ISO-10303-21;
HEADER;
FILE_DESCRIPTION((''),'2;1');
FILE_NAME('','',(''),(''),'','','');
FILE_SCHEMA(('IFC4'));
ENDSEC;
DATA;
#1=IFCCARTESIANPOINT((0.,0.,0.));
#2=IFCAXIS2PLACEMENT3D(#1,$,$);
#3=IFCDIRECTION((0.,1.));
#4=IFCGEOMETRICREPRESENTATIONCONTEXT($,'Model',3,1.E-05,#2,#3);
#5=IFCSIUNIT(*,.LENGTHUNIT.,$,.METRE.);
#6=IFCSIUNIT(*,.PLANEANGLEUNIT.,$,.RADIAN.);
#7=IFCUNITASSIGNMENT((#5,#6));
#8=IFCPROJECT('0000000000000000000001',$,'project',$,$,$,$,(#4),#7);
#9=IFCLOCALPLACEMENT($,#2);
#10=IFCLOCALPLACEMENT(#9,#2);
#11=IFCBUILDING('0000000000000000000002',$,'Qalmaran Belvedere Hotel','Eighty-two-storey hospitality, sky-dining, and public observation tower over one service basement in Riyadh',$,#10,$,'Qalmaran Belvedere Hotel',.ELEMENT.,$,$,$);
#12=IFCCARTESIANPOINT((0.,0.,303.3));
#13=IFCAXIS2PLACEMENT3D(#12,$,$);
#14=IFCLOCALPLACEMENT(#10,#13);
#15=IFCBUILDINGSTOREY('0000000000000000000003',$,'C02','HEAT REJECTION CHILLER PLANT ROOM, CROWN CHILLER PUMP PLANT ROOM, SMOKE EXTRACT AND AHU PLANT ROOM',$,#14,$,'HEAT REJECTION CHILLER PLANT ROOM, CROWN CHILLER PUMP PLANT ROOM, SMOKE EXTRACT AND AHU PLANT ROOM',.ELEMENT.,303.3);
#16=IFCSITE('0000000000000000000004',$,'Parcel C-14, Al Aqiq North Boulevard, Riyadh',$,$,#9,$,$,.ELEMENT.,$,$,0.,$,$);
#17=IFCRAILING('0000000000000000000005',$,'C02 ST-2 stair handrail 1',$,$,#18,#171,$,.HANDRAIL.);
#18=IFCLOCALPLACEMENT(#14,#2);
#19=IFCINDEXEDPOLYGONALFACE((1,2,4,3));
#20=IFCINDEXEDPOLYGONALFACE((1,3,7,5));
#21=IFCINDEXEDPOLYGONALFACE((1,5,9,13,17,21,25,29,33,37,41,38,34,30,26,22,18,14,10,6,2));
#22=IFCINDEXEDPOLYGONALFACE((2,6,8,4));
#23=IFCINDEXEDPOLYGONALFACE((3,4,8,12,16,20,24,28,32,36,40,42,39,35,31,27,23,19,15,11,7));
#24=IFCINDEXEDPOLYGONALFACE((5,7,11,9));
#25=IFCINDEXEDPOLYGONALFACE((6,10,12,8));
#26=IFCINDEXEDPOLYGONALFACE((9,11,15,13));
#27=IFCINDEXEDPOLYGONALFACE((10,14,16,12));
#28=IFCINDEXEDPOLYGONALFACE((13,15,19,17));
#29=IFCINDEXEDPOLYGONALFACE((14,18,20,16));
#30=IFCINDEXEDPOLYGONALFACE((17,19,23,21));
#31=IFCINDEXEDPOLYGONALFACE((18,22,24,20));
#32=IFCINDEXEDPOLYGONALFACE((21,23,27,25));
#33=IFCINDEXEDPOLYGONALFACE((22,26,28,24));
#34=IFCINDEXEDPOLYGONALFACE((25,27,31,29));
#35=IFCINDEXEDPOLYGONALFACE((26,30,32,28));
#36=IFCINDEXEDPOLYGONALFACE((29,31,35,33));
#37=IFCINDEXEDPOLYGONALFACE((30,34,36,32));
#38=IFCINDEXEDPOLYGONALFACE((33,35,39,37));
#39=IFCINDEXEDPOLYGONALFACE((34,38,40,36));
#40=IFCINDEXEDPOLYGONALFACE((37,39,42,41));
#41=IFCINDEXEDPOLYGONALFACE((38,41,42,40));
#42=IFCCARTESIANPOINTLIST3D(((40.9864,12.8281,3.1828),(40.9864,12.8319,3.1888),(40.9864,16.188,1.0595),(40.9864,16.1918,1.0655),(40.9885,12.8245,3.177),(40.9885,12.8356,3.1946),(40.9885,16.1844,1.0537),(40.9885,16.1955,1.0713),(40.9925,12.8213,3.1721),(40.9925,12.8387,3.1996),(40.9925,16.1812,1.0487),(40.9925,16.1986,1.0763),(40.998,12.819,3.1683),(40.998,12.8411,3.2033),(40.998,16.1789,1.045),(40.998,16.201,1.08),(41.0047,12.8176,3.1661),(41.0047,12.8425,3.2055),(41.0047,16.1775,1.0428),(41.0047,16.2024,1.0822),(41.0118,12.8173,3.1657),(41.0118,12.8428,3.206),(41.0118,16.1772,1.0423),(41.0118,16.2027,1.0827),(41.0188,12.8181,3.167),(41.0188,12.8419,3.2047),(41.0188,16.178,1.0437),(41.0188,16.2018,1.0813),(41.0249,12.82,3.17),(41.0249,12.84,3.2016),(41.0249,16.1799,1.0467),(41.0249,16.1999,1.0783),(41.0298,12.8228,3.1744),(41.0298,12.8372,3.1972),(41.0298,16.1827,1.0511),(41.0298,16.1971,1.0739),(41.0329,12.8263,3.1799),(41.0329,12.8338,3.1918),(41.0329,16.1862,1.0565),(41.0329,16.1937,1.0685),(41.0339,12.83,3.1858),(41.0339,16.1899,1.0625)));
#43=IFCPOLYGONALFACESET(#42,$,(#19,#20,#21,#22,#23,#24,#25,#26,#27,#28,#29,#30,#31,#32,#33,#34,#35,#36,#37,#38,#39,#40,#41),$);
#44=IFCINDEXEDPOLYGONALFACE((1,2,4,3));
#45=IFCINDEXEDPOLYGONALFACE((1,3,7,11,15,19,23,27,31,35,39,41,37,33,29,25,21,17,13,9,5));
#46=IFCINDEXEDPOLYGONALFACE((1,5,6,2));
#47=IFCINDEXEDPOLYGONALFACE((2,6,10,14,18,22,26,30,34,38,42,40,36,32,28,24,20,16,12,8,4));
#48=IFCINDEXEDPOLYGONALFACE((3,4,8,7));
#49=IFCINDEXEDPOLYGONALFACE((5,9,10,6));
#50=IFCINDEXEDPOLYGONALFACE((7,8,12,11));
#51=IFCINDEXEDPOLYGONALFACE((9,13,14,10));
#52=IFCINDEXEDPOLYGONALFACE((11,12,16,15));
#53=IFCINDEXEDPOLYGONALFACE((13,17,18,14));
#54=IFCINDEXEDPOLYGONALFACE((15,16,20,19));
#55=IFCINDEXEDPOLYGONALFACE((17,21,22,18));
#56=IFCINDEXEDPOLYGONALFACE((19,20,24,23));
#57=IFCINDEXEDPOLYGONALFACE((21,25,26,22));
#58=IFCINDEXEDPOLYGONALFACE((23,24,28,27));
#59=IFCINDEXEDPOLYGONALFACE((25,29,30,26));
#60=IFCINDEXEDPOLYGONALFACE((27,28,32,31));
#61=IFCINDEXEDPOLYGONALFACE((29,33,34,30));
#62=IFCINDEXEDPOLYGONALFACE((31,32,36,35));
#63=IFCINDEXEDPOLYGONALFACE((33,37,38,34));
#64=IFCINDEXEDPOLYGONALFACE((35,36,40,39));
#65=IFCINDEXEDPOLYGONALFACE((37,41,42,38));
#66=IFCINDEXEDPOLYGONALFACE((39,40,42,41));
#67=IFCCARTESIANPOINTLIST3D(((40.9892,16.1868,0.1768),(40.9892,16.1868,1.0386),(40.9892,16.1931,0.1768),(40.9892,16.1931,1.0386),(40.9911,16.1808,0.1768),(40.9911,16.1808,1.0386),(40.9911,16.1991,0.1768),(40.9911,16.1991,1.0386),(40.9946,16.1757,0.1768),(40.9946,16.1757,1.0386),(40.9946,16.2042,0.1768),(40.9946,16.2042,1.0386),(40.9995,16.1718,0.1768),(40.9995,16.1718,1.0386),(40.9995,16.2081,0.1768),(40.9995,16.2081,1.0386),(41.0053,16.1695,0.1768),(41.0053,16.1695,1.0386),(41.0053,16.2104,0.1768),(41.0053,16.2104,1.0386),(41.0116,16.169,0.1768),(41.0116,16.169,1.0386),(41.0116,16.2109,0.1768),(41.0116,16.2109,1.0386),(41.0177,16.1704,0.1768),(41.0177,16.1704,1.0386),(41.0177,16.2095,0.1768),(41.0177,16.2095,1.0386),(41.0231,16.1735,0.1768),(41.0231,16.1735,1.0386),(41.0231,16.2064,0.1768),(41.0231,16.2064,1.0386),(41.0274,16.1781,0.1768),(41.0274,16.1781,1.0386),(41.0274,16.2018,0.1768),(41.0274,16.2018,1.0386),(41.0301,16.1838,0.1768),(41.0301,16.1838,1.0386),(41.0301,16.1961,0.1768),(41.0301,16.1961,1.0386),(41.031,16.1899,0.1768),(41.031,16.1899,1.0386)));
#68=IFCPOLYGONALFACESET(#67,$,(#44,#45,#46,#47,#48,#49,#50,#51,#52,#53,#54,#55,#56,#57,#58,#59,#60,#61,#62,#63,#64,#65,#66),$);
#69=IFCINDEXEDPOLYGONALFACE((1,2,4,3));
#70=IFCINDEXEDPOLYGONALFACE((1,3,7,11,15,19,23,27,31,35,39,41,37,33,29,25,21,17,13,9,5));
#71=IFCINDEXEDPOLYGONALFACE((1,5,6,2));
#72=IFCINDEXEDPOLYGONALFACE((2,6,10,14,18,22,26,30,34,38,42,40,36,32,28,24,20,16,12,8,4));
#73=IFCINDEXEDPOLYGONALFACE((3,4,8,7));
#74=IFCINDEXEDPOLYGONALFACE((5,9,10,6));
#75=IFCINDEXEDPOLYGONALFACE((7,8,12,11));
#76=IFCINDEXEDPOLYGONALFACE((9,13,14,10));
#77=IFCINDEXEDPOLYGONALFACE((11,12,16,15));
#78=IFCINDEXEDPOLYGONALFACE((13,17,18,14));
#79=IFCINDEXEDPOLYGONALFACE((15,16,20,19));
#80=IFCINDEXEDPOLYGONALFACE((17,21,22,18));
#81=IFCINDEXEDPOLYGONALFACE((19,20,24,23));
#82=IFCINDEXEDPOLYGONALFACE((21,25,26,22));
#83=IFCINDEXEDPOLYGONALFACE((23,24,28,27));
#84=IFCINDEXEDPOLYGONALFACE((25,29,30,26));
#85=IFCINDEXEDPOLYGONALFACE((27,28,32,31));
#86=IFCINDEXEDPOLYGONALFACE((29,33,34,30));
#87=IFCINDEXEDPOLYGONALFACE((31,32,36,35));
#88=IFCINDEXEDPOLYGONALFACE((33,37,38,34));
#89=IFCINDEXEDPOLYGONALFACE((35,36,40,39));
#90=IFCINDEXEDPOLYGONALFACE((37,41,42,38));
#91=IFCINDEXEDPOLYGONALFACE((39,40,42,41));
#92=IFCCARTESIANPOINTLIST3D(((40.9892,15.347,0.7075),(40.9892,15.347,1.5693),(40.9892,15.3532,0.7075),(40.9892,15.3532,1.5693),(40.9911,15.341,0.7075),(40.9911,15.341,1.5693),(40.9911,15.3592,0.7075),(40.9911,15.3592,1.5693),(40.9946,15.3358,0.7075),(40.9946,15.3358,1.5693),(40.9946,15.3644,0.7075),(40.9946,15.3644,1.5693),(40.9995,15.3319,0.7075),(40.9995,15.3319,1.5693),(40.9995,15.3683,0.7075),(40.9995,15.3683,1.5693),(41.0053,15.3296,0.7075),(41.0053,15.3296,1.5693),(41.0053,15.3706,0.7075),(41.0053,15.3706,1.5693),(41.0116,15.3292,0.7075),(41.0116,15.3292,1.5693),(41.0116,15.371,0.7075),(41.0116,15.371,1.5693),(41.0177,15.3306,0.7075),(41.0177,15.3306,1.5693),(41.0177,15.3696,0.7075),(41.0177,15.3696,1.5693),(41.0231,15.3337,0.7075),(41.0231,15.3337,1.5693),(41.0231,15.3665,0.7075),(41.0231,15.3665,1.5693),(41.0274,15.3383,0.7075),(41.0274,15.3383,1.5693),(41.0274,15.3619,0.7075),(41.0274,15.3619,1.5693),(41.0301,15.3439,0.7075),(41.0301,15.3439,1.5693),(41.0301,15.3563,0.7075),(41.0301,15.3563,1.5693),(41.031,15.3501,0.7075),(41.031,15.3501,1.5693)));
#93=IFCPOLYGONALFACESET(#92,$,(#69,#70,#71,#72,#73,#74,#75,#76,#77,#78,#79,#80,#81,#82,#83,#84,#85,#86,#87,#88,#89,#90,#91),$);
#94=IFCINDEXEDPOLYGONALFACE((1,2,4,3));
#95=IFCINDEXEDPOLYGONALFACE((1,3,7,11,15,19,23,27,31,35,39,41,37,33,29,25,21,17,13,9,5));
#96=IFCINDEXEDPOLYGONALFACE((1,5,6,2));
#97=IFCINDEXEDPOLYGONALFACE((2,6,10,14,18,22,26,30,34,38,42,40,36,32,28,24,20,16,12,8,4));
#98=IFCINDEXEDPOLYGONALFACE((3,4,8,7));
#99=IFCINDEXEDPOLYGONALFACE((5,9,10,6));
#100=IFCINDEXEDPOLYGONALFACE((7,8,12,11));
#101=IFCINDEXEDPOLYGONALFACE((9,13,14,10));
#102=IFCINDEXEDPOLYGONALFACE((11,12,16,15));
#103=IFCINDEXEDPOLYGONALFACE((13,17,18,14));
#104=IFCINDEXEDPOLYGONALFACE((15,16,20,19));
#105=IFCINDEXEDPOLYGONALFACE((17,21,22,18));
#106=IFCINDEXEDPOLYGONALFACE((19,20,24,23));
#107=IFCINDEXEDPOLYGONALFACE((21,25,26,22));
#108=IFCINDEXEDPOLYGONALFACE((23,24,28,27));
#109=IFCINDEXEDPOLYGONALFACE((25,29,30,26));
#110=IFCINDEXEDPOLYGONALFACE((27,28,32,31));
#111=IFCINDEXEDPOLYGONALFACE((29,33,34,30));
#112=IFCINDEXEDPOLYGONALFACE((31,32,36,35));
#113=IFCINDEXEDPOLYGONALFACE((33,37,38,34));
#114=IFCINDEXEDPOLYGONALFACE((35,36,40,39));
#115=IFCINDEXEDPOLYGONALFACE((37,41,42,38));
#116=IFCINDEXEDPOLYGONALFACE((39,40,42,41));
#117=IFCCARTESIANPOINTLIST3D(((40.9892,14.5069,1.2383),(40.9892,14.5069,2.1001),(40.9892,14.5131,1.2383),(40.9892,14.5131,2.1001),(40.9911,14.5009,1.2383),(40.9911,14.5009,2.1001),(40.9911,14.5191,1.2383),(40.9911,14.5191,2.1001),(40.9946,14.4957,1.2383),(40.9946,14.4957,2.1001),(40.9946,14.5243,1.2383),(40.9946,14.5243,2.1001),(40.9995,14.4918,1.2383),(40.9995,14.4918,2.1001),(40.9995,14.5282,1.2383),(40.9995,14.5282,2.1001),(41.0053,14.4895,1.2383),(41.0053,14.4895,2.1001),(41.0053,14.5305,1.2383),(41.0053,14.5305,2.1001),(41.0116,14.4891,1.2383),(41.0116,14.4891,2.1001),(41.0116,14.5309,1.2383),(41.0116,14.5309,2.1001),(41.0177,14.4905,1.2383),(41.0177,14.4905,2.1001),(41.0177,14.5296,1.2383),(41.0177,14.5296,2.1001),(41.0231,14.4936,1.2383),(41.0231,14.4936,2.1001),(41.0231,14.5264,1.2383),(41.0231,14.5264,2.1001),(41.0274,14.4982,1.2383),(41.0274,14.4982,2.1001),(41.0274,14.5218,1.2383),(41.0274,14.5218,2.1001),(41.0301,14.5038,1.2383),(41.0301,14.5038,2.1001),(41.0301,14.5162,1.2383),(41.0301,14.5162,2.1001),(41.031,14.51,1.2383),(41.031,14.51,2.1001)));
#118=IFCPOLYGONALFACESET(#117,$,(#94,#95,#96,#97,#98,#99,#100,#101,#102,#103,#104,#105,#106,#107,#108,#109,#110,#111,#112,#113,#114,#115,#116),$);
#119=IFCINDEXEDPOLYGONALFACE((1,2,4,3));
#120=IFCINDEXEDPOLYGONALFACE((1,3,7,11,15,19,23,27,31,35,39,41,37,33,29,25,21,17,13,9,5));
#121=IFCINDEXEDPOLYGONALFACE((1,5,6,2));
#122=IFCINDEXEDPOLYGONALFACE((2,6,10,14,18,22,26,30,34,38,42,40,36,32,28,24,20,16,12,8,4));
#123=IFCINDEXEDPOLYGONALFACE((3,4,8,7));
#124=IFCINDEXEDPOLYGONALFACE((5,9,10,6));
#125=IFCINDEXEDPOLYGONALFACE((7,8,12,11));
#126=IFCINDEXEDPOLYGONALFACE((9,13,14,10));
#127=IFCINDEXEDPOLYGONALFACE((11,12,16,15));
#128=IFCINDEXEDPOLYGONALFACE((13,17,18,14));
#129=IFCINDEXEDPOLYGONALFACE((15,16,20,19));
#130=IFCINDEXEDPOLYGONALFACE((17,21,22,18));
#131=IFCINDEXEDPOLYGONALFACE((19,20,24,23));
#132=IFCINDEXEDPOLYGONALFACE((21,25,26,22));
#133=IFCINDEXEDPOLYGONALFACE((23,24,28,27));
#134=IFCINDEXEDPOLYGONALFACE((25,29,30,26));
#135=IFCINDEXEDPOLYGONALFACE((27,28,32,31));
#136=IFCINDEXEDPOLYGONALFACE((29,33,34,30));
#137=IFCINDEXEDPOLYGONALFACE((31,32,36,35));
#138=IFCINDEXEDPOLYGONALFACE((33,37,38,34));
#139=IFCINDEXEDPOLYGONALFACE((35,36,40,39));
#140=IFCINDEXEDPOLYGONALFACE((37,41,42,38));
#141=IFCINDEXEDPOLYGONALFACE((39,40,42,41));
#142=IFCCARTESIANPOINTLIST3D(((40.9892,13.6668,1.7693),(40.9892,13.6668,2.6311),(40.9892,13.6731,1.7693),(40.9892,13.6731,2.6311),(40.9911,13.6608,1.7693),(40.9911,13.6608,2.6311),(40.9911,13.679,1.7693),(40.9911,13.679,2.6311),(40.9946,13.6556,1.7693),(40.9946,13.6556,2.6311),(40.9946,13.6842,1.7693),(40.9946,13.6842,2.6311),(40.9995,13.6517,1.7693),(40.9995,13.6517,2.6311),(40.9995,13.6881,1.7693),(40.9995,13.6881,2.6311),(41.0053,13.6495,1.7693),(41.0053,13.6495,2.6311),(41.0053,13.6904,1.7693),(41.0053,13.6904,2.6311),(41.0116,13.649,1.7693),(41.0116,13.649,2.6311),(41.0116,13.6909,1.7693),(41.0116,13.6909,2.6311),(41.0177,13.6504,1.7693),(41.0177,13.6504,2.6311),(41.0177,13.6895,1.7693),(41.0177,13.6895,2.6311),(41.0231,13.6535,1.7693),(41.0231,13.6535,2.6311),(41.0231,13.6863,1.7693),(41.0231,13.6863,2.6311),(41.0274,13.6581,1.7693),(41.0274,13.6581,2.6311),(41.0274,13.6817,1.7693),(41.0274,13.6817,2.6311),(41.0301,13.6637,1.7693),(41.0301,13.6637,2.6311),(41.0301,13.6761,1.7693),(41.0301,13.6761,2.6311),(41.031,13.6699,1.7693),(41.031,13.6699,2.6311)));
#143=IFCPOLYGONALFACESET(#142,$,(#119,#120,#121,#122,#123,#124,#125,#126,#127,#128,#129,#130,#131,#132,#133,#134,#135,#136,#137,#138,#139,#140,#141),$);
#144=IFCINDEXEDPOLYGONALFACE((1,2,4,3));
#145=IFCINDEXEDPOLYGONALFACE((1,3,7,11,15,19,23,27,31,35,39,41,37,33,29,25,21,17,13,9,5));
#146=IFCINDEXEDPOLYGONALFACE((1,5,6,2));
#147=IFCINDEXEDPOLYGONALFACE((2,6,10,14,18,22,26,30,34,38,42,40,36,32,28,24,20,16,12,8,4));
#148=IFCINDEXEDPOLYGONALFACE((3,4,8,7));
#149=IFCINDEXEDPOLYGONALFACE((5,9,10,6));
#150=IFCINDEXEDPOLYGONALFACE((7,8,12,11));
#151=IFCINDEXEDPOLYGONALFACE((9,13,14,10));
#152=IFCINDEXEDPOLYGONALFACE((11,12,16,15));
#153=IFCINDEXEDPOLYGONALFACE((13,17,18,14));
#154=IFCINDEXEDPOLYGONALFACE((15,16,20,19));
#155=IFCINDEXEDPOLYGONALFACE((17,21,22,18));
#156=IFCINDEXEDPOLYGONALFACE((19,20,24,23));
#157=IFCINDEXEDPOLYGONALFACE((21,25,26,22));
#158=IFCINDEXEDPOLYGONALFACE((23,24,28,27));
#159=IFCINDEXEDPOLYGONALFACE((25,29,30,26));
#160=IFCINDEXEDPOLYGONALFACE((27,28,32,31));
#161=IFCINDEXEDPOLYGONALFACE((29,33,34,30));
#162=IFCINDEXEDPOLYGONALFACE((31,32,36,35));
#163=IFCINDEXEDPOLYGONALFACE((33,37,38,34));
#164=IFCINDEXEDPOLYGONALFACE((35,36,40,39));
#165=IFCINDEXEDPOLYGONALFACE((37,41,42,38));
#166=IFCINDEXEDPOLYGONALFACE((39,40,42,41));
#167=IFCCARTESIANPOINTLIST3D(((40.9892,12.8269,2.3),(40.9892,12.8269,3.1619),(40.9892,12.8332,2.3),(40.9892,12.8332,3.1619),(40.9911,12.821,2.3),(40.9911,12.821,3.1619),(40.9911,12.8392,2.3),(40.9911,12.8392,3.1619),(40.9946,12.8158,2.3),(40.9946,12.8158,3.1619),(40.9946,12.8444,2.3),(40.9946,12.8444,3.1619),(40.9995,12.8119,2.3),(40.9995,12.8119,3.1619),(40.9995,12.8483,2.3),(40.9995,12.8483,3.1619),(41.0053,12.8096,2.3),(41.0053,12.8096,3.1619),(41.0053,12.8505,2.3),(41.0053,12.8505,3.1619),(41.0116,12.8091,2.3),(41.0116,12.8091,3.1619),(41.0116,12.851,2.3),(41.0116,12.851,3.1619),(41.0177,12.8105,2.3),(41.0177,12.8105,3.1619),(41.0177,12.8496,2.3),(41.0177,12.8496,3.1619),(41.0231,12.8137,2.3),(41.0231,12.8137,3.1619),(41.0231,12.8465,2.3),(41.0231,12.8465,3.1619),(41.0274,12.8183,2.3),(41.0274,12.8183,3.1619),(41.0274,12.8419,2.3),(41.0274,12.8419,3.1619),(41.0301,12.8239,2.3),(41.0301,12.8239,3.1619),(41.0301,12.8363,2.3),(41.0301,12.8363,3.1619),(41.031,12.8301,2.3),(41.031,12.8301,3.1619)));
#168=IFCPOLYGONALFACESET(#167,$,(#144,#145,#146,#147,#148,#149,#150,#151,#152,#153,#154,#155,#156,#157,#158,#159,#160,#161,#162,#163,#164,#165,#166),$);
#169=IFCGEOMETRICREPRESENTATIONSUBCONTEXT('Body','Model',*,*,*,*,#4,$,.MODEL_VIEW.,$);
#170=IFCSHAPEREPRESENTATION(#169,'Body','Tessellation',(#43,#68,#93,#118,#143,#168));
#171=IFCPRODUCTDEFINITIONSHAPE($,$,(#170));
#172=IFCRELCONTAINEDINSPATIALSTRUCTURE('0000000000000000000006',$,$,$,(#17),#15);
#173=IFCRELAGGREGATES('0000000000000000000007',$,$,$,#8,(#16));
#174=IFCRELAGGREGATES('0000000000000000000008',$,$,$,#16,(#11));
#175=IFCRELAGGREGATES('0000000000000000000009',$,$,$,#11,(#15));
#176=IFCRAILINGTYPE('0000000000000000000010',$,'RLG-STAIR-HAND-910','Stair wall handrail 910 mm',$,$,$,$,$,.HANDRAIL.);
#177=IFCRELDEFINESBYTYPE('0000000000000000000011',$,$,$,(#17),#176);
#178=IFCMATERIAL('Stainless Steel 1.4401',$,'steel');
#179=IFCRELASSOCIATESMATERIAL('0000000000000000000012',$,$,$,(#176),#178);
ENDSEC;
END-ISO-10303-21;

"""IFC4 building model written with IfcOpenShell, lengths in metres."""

from ifc_helpers import new_model, si_unit, direction, frame, origin, origin_2d, place, context, subcontext, project, spatial, circle, extrude, material, type_object, element, save


model = new_model("IFC4")

# Units and contexts
model_context = context("Model", 3, precision=1e-05, world=origin(), true_north=direction((0.0, 1.0)))
body_context = subcontext(model_context, "Body", "Model", "MODEL_VIEW")
ifc_project = project(units=[si_unit("LENGTHUNIT", "METRE"), si_unit("PLANEANGLEUNIT", "RADIAN")], contexts=[model_context])

# Site, building, storey
site_placement = place(None, origin())
site = spatial("IfcSite", under=ifc_project, at=site_placement, Name="Parcel C-14, Al Aqiq North Boulevard, Riyadh", CompositionType="ELEMENT", RefElevation=0.0)
building_placement = place(site_placement, origin())
building = spatial("IfcBuilding", under=site, at=building_placement, Name="Qalmaran Belvedere Hotel", Description="Eighty-two-storey hospitality, sky-dining, and public observation tower over one service basement in Riyadh", LongName="Qalmaran Belvedere Hotel", CompositionType="ELEMENT")
storey_placement = place(building_placement, frame((0.0, 0.0, 303.3)))
storey = spatial("IfcBuildingStorey", under=building, at=storey_placement, Name="C02", Description="HEAT REJECTION CHILLER PLANT ROOM, CROWN CHILLER PUMP PLANT ROOM, SMOKE EXTRACT AND AHU PLANT ROOM", LongName="HEAT REJECTION CHILLER PLANT ROOM, CROWN CHILLER PUMP PLANT ROOM, SMOKE EXTRACT AND AHU PLANT ROOM", CompositionType="ELEMENT", Elevation=303.3)

# Railing
ifc_material_1 = material(Name="Stainless Steel 1.4401", Category="steel")
railing_type_1 = type_object("IfcRailingType", Name="RLG-STAIR-HAND-910", Description="Stair wall handrail 910 mm", PredefinedType="HANDRAIL", material=ifc_material_1)
railing_1_placement = place(storey_placement, frame((41.01, 16.1899, 0.1768)))
element("IfcRailing", 1, at=railing_1_placement, inside=storey, type_object=railing_type_1, Name="C02 ST-2 stair handrail 1", PredefinedType="HANDRAIL", context=body_context, shape_type="SweptSolid", body=[
    extrude(circle(Radius=0.0239, at=origin_2d()), frame((0.0, 0.0, 0.8857), z_axis=(0.0, -0.845344, 0.534222), x_axis=(1.0, 0.0, 0.0)), (0.0, 0.0, 1.0), 3.9746),
    extrude(circle(Radius=0.021, at=origin_2d()), origin(), (0.0, 0.0, 1.0), 0.8618),
    extrude(circle(Radius=0.021, at=origin_2d()), frame((0.0, -0.8398, 0.5308)), (0.0, 0.0, 1.0), 0.8618),
    extrude(circle(Radius=0.021, at=origin_2d()), frame((0.0, -1.6799, 1.0615)), (0.0, 0.0, 1.0), 0.8618),
    extrude(circle(Radius=0.021, at=origin_2d()), frame((0.0, -2.52, 1.5925)), (0.0, 0.0, 1.0), 0.8618),
    extrude(circle(Radius=0.021, at=origin_2d()), frame((0.0, -3.3599, 2.1233)), (0.0, 0.0, 1.0), 0.8618),
])

save(model, "model.ifc")
